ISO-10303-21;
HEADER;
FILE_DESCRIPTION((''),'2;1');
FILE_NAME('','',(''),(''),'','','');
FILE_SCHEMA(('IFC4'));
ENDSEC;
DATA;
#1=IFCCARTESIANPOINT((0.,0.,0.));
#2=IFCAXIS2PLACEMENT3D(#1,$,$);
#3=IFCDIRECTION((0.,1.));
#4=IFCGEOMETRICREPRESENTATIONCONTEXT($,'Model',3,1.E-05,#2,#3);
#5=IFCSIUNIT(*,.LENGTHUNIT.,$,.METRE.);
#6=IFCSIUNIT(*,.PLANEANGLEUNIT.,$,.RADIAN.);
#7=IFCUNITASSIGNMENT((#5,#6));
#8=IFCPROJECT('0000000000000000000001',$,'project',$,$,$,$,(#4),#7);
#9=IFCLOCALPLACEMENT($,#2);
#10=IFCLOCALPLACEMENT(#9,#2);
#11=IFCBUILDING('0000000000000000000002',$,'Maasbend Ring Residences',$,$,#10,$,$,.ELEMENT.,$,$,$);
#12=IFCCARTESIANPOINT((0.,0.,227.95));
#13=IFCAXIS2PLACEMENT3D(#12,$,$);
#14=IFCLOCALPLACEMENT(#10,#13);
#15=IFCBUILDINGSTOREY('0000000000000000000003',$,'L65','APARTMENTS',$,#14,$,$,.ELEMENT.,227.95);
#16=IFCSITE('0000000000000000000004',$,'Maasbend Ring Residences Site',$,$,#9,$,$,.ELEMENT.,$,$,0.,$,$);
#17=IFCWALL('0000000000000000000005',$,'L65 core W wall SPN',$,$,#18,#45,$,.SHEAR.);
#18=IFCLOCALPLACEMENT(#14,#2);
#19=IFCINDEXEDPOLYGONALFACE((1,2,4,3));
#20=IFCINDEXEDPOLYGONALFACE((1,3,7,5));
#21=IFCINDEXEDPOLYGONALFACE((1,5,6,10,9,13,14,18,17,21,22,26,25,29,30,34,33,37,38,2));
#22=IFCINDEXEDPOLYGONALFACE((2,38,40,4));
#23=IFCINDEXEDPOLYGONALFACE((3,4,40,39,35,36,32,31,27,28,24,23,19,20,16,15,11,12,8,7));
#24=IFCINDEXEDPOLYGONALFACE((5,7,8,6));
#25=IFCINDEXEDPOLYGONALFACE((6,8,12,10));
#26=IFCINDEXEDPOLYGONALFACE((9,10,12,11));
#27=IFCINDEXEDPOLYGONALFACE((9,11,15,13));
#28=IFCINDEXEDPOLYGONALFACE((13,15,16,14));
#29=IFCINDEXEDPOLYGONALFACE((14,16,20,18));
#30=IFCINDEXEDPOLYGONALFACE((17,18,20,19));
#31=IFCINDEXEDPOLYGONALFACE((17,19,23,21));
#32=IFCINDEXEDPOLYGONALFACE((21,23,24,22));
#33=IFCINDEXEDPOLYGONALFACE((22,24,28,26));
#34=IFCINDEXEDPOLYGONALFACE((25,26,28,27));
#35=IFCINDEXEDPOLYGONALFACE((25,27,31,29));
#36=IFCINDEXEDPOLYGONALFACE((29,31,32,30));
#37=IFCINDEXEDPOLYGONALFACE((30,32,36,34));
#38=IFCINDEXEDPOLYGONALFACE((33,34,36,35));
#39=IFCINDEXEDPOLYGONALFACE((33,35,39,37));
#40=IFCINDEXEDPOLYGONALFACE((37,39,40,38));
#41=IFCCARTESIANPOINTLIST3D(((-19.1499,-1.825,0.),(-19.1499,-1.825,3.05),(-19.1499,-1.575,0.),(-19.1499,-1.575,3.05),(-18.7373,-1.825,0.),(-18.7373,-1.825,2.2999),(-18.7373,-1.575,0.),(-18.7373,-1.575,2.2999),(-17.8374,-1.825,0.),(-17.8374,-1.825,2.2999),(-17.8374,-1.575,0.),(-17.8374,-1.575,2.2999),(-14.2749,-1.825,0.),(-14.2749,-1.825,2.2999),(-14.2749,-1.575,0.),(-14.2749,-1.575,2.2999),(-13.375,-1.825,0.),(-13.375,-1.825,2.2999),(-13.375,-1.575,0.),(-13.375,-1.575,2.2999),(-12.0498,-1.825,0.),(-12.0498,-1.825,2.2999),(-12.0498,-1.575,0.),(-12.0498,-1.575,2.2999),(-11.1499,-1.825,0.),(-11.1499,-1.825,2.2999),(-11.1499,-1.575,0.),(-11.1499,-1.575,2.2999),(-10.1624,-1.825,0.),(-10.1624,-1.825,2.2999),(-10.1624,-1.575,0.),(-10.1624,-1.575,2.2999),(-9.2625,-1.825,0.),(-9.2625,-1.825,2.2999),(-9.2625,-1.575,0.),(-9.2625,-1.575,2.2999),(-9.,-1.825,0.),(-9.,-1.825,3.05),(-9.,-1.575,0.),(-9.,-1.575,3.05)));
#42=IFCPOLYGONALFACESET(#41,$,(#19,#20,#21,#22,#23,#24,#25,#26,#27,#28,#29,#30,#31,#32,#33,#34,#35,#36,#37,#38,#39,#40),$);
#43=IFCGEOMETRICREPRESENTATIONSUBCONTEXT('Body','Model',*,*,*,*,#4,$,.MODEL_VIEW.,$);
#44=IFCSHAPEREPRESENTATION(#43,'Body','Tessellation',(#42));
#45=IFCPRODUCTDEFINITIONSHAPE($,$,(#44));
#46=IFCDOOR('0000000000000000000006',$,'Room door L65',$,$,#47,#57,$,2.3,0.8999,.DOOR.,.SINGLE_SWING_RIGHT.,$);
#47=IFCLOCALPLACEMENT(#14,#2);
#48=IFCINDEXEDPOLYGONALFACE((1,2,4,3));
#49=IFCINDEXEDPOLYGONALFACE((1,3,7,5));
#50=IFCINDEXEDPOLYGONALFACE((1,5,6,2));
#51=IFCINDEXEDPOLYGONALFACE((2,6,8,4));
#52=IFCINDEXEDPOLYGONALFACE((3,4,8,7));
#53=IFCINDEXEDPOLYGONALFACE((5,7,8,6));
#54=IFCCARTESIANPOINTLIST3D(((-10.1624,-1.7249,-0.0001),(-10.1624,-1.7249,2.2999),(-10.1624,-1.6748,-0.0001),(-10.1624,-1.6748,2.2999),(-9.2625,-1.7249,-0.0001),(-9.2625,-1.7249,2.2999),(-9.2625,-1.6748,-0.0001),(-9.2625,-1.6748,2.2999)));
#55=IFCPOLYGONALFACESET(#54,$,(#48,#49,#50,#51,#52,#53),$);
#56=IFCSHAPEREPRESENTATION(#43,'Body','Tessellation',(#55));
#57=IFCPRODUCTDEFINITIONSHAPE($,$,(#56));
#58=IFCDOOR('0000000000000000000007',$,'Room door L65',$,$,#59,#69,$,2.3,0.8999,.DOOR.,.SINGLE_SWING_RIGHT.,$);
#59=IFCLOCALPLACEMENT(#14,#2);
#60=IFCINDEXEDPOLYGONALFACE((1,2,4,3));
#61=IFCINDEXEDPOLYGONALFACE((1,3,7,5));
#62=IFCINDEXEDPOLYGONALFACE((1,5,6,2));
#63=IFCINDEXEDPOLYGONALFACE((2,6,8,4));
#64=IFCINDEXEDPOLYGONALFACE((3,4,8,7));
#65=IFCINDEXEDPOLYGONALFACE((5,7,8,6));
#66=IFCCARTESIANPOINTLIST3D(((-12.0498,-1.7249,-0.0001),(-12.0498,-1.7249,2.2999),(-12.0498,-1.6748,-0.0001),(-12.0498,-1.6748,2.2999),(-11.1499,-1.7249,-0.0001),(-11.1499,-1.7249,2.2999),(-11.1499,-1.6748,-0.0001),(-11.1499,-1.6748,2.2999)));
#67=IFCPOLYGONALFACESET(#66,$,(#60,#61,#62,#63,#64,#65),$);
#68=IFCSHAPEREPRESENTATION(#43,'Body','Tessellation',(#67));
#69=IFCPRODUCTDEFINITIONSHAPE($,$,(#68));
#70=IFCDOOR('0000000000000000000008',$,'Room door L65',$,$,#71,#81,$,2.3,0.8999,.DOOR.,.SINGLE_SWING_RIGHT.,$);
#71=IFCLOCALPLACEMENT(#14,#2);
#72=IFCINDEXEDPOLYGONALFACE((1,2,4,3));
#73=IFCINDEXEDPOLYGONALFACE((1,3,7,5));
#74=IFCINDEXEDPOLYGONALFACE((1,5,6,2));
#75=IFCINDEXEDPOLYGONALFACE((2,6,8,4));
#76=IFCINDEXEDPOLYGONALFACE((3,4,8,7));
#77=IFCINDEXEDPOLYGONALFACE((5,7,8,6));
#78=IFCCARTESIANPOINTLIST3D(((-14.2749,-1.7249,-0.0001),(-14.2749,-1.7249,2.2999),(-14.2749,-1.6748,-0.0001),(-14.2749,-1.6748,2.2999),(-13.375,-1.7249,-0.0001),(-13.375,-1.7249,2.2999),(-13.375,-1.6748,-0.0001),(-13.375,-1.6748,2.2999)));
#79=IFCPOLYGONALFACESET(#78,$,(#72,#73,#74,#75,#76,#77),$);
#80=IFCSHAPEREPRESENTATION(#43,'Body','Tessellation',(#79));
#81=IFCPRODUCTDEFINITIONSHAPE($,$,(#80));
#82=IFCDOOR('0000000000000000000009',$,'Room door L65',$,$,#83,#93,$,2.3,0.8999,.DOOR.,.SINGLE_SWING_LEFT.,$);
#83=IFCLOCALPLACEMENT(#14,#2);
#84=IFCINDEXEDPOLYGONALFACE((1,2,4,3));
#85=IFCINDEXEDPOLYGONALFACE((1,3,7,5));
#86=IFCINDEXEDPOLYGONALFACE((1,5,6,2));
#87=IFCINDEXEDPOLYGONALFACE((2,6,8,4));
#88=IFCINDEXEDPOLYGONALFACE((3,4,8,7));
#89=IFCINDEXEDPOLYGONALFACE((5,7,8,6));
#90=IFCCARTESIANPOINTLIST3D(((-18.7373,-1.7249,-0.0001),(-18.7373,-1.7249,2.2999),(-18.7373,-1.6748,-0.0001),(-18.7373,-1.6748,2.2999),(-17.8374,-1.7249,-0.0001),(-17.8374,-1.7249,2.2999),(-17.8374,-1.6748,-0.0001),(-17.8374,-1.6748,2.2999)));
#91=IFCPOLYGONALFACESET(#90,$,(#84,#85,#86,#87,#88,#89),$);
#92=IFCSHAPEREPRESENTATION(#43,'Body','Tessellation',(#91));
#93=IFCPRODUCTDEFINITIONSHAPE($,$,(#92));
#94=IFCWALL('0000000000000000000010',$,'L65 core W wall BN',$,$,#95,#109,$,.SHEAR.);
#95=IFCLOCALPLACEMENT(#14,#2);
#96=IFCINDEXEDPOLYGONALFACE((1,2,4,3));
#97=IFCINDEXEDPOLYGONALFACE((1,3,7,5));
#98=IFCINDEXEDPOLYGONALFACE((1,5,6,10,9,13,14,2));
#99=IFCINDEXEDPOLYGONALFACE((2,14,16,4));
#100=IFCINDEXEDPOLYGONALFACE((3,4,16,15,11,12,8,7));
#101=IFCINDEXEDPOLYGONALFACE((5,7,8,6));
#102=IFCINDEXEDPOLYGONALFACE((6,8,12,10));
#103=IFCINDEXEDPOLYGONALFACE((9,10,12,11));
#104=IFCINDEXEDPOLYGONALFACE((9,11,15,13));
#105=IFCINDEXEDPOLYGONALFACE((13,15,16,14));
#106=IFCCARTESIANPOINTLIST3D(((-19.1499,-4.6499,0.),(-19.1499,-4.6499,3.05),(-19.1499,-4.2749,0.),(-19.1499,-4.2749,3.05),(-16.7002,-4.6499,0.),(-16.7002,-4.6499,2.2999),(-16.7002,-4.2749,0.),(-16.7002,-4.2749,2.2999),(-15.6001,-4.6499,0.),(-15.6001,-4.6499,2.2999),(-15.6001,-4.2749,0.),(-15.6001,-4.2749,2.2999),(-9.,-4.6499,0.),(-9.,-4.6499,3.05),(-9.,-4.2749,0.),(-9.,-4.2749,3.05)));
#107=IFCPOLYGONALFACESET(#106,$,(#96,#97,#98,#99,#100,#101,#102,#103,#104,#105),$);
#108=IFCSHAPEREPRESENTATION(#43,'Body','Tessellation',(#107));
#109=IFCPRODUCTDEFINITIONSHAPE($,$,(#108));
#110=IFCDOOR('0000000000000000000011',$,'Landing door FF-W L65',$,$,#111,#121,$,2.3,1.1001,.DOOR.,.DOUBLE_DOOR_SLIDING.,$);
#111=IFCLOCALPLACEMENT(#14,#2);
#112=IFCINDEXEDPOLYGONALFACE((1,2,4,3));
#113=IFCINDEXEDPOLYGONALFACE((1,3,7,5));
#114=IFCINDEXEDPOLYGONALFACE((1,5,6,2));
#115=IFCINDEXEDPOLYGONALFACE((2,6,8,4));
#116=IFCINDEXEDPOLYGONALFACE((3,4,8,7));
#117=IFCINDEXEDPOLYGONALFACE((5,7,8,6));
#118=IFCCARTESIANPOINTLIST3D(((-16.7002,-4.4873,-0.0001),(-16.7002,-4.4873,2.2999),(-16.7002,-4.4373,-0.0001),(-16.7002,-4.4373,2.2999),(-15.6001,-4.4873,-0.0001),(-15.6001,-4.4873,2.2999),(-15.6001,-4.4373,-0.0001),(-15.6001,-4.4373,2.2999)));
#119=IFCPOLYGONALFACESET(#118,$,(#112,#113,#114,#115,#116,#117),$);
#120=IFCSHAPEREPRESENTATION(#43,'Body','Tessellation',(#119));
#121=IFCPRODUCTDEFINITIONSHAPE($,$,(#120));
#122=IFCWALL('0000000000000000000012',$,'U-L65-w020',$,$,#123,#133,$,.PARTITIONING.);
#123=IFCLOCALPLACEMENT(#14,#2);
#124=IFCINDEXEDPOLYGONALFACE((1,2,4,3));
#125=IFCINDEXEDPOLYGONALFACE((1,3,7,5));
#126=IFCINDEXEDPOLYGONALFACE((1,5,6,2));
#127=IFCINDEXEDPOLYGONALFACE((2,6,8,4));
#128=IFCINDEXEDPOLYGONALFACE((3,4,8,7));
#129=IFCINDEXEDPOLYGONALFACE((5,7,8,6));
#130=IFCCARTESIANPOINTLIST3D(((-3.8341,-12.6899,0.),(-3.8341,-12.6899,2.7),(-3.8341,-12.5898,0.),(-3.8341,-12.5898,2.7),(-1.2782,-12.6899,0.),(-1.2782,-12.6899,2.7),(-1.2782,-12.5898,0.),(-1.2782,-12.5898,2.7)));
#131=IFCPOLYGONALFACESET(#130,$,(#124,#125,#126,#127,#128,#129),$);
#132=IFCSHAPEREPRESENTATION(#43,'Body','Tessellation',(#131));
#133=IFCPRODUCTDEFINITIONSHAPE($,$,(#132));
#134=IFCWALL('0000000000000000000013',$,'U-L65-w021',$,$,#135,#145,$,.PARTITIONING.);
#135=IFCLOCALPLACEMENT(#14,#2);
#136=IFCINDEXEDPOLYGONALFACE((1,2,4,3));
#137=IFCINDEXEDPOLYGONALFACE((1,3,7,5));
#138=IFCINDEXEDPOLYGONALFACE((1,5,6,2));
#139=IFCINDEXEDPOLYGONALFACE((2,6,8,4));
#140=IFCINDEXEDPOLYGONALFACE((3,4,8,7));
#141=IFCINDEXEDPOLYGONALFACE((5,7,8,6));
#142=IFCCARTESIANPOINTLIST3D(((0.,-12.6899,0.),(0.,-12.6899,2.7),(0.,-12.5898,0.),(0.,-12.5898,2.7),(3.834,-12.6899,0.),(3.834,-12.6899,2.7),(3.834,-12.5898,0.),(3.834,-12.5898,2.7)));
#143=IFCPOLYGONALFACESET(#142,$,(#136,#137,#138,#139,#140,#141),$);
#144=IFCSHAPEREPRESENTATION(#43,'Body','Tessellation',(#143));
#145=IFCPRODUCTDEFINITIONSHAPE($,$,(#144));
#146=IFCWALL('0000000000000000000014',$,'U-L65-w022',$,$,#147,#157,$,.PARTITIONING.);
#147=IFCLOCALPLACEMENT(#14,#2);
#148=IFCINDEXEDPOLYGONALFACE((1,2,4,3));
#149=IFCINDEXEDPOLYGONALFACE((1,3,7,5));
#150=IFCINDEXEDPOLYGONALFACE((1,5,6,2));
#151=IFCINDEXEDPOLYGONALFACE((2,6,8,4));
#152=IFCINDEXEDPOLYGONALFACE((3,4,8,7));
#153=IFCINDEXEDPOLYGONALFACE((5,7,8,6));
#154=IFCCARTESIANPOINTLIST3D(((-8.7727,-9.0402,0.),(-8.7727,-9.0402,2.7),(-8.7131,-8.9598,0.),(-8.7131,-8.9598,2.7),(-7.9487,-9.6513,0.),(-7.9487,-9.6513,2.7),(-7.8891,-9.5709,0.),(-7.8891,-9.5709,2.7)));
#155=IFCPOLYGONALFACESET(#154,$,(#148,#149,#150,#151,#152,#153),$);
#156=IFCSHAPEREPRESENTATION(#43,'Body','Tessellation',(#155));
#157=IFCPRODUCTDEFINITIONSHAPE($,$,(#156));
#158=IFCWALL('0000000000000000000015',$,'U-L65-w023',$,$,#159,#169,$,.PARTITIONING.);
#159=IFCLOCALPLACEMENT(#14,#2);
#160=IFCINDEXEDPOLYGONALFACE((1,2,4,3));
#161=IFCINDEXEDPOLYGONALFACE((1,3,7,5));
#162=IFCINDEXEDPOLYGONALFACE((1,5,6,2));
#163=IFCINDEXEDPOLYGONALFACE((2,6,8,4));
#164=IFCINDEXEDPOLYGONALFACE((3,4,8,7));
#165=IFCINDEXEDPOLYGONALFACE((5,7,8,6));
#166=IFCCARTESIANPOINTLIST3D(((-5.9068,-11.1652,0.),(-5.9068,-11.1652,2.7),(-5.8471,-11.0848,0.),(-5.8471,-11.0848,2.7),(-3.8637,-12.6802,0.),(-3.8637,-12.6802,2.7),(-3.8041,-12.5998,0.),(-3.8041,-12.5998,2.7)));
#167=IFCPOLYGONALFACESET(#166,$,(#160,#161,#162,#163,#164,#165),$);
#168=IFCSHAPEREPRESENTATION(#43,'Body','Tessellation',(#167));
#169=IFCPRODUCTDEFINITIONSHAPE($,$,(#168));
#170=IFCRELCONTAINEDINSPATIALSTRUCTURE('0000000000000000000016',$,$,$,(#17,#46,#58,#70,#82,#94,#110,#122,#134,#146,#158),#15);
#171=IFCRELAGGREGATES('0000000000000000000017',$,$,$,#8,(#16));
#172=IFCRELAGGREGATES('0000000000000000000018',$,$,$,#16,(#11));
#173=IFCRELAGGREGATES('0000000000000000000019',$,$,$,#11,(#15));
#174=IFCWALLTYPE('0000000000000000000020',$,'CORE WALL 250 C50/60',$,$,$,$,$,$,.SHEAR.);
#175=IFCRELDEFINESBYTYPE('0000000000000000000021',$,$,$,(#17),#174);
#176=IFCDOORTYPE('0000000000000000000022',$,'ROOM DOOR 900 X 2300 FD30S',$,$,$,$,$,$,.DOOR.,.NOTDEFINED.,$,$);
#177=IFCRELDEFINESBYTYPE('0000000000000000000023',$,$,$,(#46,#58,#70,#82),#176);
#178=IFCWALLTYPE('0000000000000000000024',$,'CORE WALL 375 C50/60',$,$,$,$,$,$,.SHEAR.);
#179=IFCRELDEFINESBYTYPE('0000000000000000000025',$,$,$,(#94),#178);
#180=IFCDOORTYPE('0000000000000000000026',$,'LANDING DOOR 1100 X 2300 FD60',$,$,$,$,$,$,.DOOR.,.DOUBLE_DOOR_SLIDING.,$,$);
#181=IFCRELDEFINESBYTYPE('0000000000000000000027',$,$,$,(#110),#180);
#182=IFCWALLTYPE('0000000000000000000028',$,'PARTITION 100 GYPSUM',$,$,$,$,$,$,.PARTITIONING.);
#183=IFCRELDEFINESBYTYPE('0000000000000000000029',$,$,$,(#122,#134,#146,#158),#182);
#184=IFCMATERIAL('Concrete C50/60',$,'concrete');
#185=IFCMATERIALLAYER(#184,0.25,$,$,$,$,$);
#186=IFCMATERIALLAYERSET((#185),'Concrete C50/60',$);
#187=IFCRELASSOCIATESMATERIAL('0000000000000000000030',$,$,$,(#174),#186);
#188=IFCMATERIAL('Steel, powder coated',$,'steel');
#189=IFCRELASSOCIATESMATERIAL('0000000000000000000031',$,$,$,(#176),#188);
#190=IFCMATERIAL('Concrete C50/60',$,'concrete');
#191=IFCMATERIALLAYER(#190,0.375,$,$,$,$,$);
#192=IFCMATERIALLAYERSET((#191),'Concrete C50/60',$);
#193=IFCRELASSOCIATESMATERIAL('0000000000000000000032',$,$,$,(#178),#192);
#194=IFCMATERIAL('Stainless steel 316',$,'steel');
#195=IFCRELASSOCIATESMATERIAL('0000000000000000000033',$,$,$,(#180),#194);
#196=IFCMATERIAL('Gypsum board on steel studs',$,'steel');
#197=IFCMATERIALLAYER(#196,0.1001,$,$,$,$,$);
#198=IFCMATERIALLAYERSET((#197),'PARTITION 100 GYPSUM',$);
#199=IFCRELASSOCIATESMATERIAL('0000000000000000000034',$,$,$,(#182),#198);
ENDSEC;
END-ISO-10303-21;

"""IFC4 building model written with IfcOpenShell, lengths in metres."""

from ifc_helpers import new_model, si_unit, direction, frame, frame_2d, origin, place, context, subcontext, project, spatial, rectangle, extrude, material, layer, layer_set, type_object, element, fill, save


model = new_model("IFC4")

# Units and contexts
model_context = context("Model", 3, precision=1e-05, world=origin(), true_north=direction((0.0, 1.0)))
body_context = subcontext(model_context, "Body", "Model", "MODEL_VIEW")
ifc_project = project(units=[si_unit("LENGTHUNIT", "METRE"), si_unit("PLANEANGLEUNIT", "RADIAN")], contexts=[model_context])

# Site, building, storey
site_placement = place(None, origin())
site = spatial("IfcSite", under=ifc_project, at=site_placement, Name="Maasbend Ring Residences Site", CompositionType="ELEMENT", RefElevation=0.0)
building_placement = place(site_placement, origin())
building = spatial("IfcBuilding", under=site, at=building_placement, Name="Maasbend Ring Residences", CompositionType="ELEMENT")
storey_placement = place(building_placement, frame((0.0, 0.0, 227.95)))
storey = spatial("IfcBuildingStorey", under=building, at=storey_placement, Name="L65", Description="APARTMENTS", CompositionType="ELEMENT", Elevation=227.95)

# Wall, openings, doors
ifc_material_1 = material(Name="Concrete C50/60", Category="concrete")
ifc_layer_1 = layer(ifc_material_1, 0.25)
ifc_layer_set_1 = layer_set([ifc_layer_1], Name="Concrete C50/60")
wall_type_1 = type_object("IfcWallType", Name="CORE WALL 250 C50/60", PredefinedType="SHEAR", material=ifc_layer_set_1)
wall_1_placement = place(storey_placement, frame((-9.0, -1.7, 0.0), z_axis=(0.0, 0.0, 1.0), x_axis=(-1.0, 0.0, 0.0)))
wall_1 = element("IfcWall", 1, at=wall_1_placement, inside=storey, type_object=wall_type_1, Name="L65 core W wall SPN", PredefinedType="SHEAR", context=body_context, shape_type="SweptSolid", body=[
    extrude(rectangle(XDim=10.1499, YDim=0.25, at=frame_2d((5.075, 0.0))), origin(), (0.0, 0.0, 1.0), 3.05),
])
opening_1_placement = place(wall_1_placement, frame((0.2625, 0.0, 0.0)))
opening_1 = element("IfcOpeningElement", 2, at=opening_1_placement, cuts=wall_1, PredefinedType="OPENING", context=body_context, shape_type="SweptSolid", body=[
    extrude(rectangle(XDim=0.8999, YDim=2.3, at=frame_2d((0.45, 1.1499))), frame((0.0, 0.135, 0.0), z_axis=(0.0, -1.0, 0.0), x_axis=(1.0, 0.0, 0.0)), (0.0, 0.0, 1.0), 0.27),
])
opening_2_placement = place(wall_1_placement, frame((2.1499, 0.0, 0.0)))
opening_2 = element("IfcOpeningElement", 3, at=opening_2_placement, cuts=wall_1, PredefinedType="OPENING", context=body_context, shape_type="SweptSolid", body=[
    extrude(rectangle(XDim=0.8999, YDim=2.3, at=frame_2d((0.45, 1.1499))), frame((0.0, 0.135, 0.0), z_axis=(0.0, -1.0, 0.0), x_axis=(1.0, 0.0, 0.0)), (0.0, 0.0, 1.0), 0.27),
])
opening_3_placement = place(wall_1_placement, frame((4.375, 0.0, 0.0)))
opening_3 = element("IfcOpeningElement", 4, at=opening_3_placement, cuts=wall_1, PredefinedType="OPENING", context=body_context, shape_type="SweptSolid", body=[
    extrude(rectangle(XDim=0.8999, YDim=2.3, at=frame_2d((0.45, 1.1499))), frame((0.0, 0.135, 0.0), z_axis=(0.0, -1.0, 0.0), x_axis=(1.0, 0.0, 0.0)), (0.0, 0.0, 1.0), 0.27),
])
opening_4_placement = place(wall_1_placement, frame((8.8374, 0.0, 0.0)))
opening_4 = element("IfcOpeningElement", 5, at=opening_4_placement, cuts=wall_1, PredefinedType="OPENING", context=body_context, shape_type="SweptSolid", body=[
    extrude(rectangle(XDim=0.8999, YDim=2.3, at=frame_2d((0.45, 1.1499))), frame((0.0, 0.135, 0.0), z_axis=(0.0, -1.0, 0.0), x_axis=(1.0, 0.0, 0.0)), (0.0, 0.0, 1.0), 0.27),
])
ifc_material_2 = material(Name="Steel, powder coated", Category="steel")
door_type_1 = type_object("IfcDoorType", Name="ROOM DOOR 900 X 2300 FD30S", OperationType="NOTDEFINED", PredefinedType="DOOR", material=ifc_material_2)
door_1_placement = place(opening_1_placement, origin())
door_1 = element("IfcDoor", 6, at=door_1_placement, inside=storey, type_object=door_type_1, Name="Room door L65", OperationType="SINGLE_SWING_RIGHT", OverallHeight=2.3, OverallWidth=0.8999, PredefinedType="DOOR", context=body_context, shape_type="SweptSolid", body=[
    extrude(rectangle(XDim=0.8999, YDim=2.3, at=frame_2d((0.45, 1.1499))), frame((0.0, 0.0249, 0.0), z_axis=(0.0, -1.0, 0.0), x_axis=(1.0, 0.0, 0.0)), (0.0, 0.0, 1.0), 0.05),
])
fill(opening_1, door_1)
door_2_placement = place(opening_2_placement, origin())
door_2 = element("IfcDoor", 7, at=door_2_placement, inside=storey, type_object=door_type_1, Name="Room door L65", OperationType="SINGLE_SWING_RIGHT", OverallHeight=2.3, OverallWidth=0.8999, PredefinedType="DOOR", context=body_context, shape_type="SweptSolid", body=[
    extrude(rectangle(XDim=0.8999, YDim=2.3, at=frame_2d((0.45, 1.1499))), frame((0.0, 0.0249, 0.0), z_axis=(0.0, -1.0, 0.0), x_axis=(1.0, 0.0, 0.0)), (0.0, 0.0, 1.0), 0.05),
])
fill(opening_2, door_2)
door_3_placement = place(opening_3_placement, origin())
door_3 = element("IfcDoor", 8, at=door_3_placement, inside=storey, type_object=door_type_1, Name="Room door L65", OperationType="SINGLE_SWING_RIGHT", OverallHeight=2.3, OverallWidth=0.8999, PredefinedType="DOOR", context=body_context, shape_type="SweptSolid", body=[
    extrude(rectangle(XDim=0.8999, YDim=2.3, at=frame_2d((0.45, 1.1499))), frame((0.0, 0.0249, 0.0), z_axis=(0.0, -1.0, 0.0), x_axis=(1.0, 0.0, 0.0)), (0.0, 0.0, 1.0), 0.05),
])
fill(opening_3, door_3)
door_4_placement = place(opening_4_placement, origin())
door_4 = element("IfcDoor", 9, at=door_4_placement, inside=storey, type_object=door_type_1, Name="Room door L65", OperationType="SINGLE_SWING_LEFT", OverallHeight=2.3, OverallWidth=0.8999, PredefinedType="DOOR", context=body_context, shape_type="SweptSolid", body=[
    extrude(rectangle(XDim=0.8999, YDim=2.3, at=frame_2d((0.45, 1.1499))), frame((0.0, 0.0249, 0.0), z_axis=(0.0, -1.0, 0.0), x_axis=(1.0, 0.0, 0.0)), (0.0, 0.0, 1.0), 0.05),
])
fill(opening_4, door_4)

# Wall, opening, door
ifc_material_3 = material(Name="Concrete C50/60", Category="concrete")
ifc_layer_2 = layer(ifc_material_3, 0.375)
ifc_layer_set_2 = layer_set([ifc_layer_2], Name="Concrete C50/60")
wall_type_2 = type_object("IfcWallType", Name="CORE WALL 375 C50/60", PredefinedType="SHEAR", material=ifc_layer_set_2)
wall_2_placement = place(storey_placement, frame((-9.0, -4.4624, 0.0), z_axis=(0.0, 0.0, 1.0), x_axis=(-1.0, 0.0, 0.0)))
wall_2 = element("IfcWall", 10, at=wall_2_placement, inside=storey, type_object=wall_type_2, Name="L65 core W wall BN", PredefinedType="SHEAR", context=body_context, shape_type="SweptSolid", body=[
    extrude(rectangle(XDim=10.1499, YDim=0.375, at=frame_2d((5.075, 0.0))), origin(), (0.0, 0.0, 1.0), 3.05),
])
opening_5_placement = place(wall_2_placement, frame((6.6001, 0.0, 0.0)))
opening_5 = element("IfcOpeningElement", 11, at=opening_5_placement, cuts=wall_2, PredefinedType="OPENING", context=body_context, shape_type="SweptSolid", body=[
    extrude(rectangle(XDim=1.1001, YDim=2.3, at=frame_2d((0.55, 1.1499))), frame((0.0, 0.1975, 0.0), z_axis=(0.0, -1.0, 0.0), x_axis=(1.0, 0.0, 0.0)), (0.0, 0.0, 1.0), 0.395),
])
ifc_material_4 = material(Name="Stainless steel 316", Category="steel")
door_type_2 = type_object("IfcDoorType", Name="LANDING DOOR 1100 X 2300 FD60", OperationType="DOUBLE_DOOR_SLIDING", PredefinedType="DOOR", material=ifc_material_4)
door_5_placement = place(opening_5_placement, origin())
door_5 = element("IfcDoor", 12, at=door_5_placement, inside=storey, type_object=door_type_2, Name="Landing door FF-W L65", OperationType="DOUBLE_DOOR_SLIDING", OverallHeight=2.3, OverallWidth=1.1001, PredefinedType="DOOR", context=body_context, shape_type="SweptSolid", body=[
    extrude(rectangle(XDim=1.1001, YDim=2.3, at=frame_2d((0.55, 1.1499))), frame((0.0, 0.0249, 0.0), z_axis=(0.0, -1.0, 0.0), x_axis=(1.0, 0.0, 0.0)), (0.0, 0.0, 1.0), 0.05),
])
fill(opening_5, door_5)

# Walls
ifc_material_5 = material(Name="Gypsum board on steel studs", Category="steel")
ifc_layer_3 = layer(ifc_material_5, 0.1001)
ifc_layer_set_3 = layer_set([ifc_layer_3], Name="PARTITION 100 GYPSUM")
wall_type_3 = type_object("IfcWallType", Name="PARTITION 100 GYPSUM", PredefinedType="PARTITIONING", material=ifc_layer_set_3)
wall_3_placement = place(storey_placement, frame((-3.834, -12.6399, 0.0), z_axis=(0.0, 0.0, 1.0), x_axis=(1.0, 0.0, 0.0)))
element("IfcWall", 13, at=wall_3_placement, inside=storey, type_object=wall_type_3, Name="U-L65-w020", PredefinedType="PARTITIONING", context=body_context, shape_type="SweptSolid", body=[
    extrude(rectangle(XDim=2.5559, YDim=0.1001, at=frame_2d((1.2778, 0.0))), origin(), (0.0, 0.0, 1.0), 2.7),
])
wall_4_placement = place(storey_placement, frame((0.0, -12.6399, 0.0), z_axis=(0.0, 0.0, 1.0), x_axis=(1.0, 0.0, 0.0)))
element("IfcWall", 14, at=wall_4_placement, inside=storey, type_object=wall_type_3, Name="U-L65-w021", PredefinedType="PARTITIONING", context=body_context, shape_type="SweptSolid", body=[
    extrude(rectangle(XDim=3.834, YDim=0.1001, at=frame_2d((1.917, 0.0))), origin(), (0.0, 0.0, 1.0), 2.7),
])
wall_5_placement = place(storey_placement, frame((-8.7429, -9.0, 0.0), z_axis=(0.0, 0.0, 1.0), x_axis=(0.803216, -0.595688, 0.0)))
element("IfcWall", 15, at=wall_5_placement, inside=storey, type_object=wall_type_3, Name="U-L65-w022", PredefinedType="PARTITIONING", context=body_context, shape_type="SweptSolid", body=[
    extrude(rectangle(XDim=1.0259, YDim=0.1001, at=frame_2d((0.5129, 0.0))), origin(), (0.0, 0.0, 1.0), 2.7),
])
wall_6_placement = place(storey_placement, frame((-5.877, -11.125, 0.0), z_axis=(0.0, 0.0, 1.0), x_axis=(0.80326, -0.595629, 0.0)))
element("IfcWall", 16, at=wall_6_placement, inside=storey, type_object=wall_type_3, Name="U-L65-w023", PredefinedType="PARTITIONING", context=body_context, shape_type="SweptSolid", body=[
    extrude(rectangle(XDim=2.5435, YDim=0.1001, at=frame_2d((1.2717, 0.0))), origin(), (0.0, 0.0, 1.0), 2.7),
])

save(model, "model.ifc")
